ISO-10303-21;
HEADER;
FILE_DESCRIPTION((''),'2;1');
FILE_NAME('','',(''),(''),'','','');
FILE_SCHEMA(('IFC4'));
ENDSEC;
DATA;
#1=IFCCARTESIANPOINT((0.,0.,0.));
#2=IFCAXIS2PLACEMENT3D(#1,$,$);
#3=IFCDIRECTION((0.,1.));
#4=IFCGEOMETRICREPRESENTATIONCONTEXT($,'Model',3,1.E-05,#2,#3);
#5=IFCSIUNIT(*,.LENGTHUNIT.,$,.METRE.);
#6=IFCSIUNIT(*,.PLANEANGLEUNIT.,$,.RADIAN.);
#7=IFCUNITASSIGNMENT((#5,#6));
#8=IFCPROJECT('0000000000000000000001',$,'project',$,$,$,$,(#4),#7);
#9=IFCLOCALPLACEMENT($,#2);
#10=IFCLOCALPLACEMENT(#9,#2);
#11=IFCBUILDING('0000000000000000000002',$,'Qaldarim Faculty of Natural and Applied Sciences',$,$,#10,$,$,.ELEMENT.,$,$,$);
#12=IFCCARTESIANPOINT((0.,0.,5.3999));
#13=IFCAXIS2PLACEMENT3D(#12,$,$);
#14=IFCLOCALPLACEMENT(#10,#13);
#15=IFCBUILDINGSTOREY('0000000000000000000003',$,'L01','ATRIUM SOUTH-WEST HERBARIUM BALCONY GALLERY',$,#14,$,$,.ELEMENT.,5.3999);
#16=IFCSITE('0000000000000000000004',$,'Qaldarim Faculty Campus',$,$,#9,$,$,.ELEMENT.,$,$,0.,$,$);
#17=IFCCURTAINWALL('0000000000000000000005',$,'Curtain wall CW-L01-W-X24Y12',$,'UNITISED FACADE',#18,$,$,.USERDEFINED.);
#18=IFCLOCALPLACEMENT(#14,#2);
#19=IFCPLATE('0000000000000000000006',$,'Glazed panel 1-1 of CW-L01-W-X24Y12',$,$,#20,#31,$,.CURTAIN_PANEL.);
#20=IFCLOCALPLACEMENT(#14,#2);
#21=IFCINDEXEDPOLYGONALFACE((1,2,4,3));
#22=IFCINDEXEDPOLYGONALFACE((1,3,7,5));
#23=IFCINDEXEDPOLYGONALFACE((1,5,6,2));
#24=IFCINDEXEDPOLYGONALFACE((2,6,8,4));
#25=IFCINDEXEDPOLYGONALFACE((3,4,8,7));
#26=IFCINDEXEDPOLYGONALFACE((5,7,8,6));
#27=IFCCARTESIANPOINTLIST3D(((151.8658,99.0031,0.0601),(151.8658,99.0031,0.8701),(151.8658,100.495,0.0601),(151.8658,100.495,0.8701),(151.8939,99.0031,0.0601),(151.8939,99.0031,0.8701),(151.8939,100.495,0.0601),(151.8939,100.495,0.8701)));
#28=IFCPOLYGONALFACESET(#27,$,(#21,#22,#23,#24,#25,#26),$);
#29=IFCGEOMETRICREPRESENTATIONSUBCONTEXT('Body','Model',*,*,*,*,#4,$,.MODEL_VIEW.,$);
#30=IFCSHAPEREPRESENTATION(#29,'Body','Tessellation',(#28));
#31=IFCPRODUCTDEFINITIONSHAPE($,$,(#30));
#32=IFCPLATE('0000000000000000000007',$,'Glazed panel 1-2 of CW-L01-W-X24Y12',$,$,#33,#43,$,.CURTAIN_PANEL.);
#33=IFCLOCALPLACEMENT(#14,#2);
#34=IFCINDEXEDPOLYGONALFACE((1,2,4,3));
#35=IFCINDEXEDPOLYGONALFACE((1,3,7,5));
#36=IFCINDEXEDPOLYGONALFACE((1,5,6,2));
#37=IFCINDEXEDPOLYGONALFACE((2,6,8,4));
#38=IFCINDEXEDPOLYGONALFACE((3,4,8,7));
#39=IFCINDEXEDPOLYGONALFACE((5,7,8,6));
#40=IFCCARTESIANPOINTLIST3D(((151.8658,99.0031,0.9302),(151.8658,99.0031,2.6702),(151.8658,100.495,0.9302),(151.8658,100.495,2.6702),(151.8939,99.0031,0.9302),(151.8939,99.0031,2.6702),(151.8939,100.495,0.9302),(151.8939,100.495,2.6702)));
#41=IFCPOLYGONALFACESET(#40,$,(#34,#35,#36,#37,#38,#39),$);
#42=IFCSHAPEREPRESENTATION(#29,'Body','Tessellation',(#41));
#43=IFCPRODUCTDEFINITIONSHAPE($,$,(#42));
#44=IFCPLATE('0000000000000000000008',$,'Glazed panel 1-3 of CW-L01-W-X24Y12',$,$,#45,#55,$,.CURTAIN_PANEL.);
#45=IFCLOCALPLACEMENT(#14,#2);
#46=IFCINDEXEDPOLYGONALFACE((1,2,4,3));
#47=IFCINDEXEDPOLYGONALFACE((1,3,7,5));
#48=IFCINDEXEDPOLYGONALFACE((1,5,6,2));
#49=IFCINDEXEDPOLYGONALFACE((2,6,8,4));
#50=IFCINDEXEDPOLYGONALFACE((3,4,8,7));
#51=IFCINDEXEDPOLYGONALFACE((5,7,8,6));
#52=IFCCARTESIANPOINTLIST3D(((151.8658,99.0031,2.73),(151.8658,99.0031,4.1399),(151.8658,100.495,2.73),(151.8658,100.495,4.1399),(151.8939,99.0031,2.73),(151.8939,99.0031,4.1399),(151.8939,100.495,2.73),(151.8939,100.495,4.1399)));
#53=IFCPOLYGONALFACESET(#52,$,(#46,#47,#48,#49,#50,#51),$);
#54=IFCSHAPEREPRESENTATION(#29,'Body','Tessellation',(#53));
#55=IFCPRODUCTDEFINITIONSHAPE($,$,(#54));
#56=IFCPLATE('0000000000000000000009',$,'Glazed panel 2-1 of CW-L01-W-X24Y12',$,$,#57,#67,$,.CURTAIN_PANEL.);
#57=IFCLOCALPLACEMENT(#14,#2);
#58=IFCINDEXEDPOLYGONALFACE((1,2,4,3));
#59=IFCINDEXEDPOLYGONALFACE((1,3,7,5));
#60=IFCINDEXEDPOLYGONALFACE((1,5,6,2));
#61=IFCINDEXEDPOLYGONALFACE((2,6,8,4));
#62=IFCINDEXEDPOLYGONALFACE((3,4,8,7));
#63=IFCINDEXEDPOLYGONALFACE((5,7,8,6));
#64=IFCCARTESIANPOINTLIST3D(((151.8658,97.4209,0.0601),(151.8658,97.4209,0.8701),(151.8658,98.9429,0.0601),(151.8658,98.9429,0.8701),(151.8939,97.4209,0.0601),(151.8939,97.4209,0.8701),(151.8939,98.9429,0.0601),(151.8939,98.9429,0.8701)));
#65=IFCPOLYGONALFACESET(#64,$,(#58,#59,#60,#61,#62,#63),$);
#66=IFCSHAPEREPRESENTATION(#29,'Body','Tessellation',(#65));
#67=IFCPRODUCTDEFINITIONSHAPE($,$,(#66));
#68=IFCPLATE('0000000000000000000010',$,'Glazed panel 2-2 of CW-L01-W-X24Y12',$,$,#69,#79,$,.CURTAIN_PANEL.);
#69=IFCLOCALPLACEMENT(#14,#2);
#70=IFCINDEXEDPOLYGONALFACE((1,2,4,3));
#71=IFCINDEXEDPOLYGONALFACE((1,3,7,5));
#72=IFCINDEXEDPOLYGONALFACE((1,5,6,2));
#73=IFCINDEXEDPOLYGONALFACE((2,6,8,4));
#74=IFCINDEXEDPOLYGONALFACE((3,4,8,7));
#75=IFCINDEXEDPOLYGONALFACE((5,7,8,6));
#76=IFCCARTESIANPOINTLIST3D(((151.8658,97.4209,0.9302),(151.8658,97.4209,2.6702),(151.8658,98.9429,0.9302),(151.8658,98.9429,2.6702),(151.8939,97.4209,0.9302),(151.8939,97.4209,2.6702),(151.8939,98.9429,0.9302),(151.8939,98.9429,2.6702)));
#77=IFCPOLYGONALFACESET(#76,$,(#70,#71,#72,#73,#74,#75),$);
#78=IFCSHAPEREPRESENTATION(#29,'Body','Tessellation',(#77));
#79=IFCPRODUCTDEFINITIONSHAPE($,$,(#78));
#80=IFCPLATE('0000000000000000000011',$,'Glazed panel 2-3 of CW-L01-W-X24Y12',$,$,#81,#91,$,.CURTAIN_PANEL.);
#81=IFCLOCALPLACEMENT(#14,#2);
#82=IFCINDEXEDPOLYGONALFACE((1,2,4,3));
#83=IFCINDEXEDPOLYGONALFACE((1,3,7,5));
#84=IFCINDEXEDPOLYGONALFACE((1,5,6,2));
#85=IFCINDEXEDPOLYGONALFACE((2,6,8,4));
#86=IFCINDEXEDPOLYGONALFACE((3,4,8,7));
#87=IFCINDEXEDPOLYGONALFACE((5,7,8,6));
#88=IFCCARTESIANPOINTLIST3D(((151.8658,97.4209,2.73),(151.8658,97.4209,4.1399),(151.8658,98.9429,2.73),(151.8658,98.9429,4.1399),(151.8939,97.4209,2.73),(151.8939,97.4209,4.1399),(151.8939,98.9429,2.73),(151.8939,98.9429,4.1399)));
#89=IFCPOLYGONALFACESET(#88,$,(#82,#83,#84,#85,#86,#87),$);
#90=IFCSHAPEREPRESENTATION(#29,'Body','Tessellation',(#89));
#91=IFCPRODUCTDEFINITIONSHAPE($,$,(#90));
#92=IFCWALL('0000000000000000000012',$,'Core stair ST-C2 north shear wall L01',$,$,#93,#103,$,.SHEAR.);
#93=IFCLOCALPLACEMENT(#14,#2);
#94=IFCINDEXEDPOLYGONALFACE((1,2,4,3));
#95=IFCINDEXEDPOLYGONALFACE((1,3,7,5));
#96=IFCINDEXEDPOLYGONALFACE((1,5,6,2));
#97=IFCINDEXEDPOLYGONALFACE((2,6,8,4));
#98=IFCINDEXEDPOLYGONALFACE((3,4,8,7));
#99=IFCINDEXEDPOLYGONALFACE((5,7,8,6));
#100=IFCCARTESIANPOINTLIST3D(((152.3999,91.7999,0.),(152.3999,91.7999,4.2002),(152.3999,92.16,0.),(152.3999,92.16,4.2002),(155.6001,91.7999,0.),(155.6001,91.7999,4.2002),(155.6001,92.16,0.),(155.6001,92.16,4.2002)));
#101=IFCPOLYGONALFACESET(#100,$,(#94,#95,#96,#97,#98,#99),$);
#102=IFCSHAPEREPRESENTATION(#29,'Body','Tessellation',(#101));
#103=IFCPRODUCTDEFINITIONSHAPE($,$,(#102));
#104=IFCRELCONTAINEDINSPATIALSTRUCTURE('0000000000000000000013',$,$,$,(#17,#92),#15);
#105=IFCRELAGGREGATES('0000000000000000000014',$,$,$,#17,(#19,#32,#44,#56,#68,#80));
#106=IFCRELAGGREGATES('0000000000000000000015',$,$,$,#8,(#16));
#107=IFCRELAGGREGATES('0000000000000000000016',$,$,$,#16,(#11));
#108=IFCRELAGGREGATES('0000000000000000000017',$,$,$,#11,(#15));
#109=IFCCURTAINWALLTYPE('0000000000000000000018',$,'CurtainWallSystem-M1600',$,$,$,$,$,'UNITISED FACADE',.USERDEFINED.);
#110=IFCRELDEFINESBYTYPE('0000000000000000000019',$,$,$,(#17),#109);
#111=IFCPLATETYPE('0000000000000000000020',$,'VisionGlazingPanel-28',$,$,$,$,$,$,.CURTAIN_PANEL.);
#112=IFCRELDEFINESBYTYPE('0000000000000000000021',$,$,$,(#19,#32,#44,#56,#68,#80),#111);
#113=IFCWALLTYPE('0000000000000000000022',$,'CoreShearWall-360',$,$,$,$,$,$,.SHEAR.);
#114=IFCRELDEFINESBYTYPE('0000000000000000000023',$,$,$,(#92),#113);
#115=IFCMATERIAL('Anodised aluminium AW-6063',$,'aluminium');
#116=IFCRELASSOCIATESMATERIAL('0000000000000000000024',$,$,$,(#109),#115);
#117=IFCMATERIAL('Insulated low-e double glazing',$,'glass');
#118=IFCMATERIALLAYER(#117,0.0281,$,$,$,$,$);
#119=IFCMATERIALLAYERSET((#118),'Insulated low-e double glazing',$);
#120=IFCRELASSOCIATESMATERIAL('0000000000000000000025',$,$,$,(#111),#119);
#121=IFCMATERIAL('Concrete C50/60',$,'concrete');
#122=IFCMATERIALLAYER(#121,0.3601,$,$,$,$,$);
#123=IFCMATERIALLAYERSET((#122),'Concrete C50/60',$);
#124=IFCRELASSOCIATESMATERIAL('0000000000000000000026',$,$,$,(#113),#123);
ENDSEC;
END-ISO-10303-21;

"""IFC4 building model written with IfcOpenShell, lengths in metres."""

from ifc_helpers import new_model, si_unit, direction, frame, frame_2d, origin, origin_2d, place, context, subcontext, project, spatial, rectangle, extrude, material, layer, layer_set, type_object, element, aggregate, save


model = new_model("IFC4")

# Units and contexts
model_context = context("Model", 3, precision=1e-05, world=origin(), true_north=direction((0.0, 1.0)))
body_context = subcontext(model_context, "Body", "Model", "MODEL_VIEW")
ifc_project = project(units=[si_unit("LENGTHUNIT", "METRE"), si_unit("PLANEANGLEUNIT", "RADIAN")], contexts=[model_context])

# Site, building, storey
site_placement = place(None, origin())
site = spatial("IfcSite", under=ifc_project, at=site_placement, Name="Qaldarim Faculty Campus", CompositionType="ELEMENT", RefElevation=0.0)
building_placement = place(site_placement, origin())
building = spatial("IfcBuilding", under=site, at=building_placement, Name="Qaldarim Faculty of Natural and Applied Sciences", CompositionType="ELEMENT")
storey_placement = place(building_placement, frame((0.0, 0.0, 5.3999)))
storey = spatial("IfcBuildingStorey", under=building, at=storey_placement, Name="L01", Description="ATRIUM SOUTH-WEST HERBARIUM BALCONY GALLERY", CompositionType="ELEMENT", Elevation=5.3999)

# Curtain wall
ifc_material_1 = material(Name="Anodised aluminium AW-6063", Category="aluminium")
curtain_wall_type = type_object("IfcCurtainWallType", Name="CurtainWallSystem-M1600", ElementType="UNITISED FACADE", PredefinedType="USERDEFINED", material=ifc_material_1)
curtain_wall_placement = place(storey_placement, origin())
curtain_wall = element("IfcCurtainWall", 1, at=curtain_wall_placement, inside=storey, type_object=curtain_wall_type, Name="Curtain wall CW-L01-W-X24Y12", ObjectType="UNITISED FACADE", PredefinedType="USERDEFINED")

# Shared definitions
ifc_material_2 = material(Name="Concrete C50/60", Category="concrete")

# Plates
ifc_material_3 = material(Name="Insulated low-e double glazing", Category="glass")
ifc_layer_1 = layer(ifc_material_3, 0.0281)
ifc_layer_set_1 = layer_set([ifc_layer_1], Name="Insulated low-e double glazing")
plate_type = type_object("IfcPlateType", Name="VisionGlazingPanel-28", PredefinedType="CURTAIN_PANEL", material=ifc_layer_set_1)
plate_1_placement = place(storey_placement, frame((151.8799, 99.749, 0.0601), z_axis=(0.0, 0.0, 1.0), x_axis=(0.0, -1.0, 0.0)))
plate_1 = element("IfcPlate", 2, at=plate_1_placement, type_object=plate_type, Name="Glazed panel 1-1 of CW-L01-W-X24Y12", PredefinedType="CURTAIN_PANEL", context=body_context, shape_type="SweptSolid", body=[
    extrude(rectangle(XDim=1.4919, YDim=0.0281, at=origin_2d()), origin(), (0.0, 0.0, 1.0), 0.8101),
])
plate_2_placement = place(storey_placement, frame((151.8799, 99.749, 0.9302), z_axis=(0.0, 0.0, 1.0), x_axis=(0.0, -1.0, 0.0)))
plate_2 = element("IfcPlate", 3, at=plate_2_placement, type_object=plate_type, Name="Glazed panel 1-2 of CW-L01-W-X24Y12", PredefinedType="CURTAIN_PANEL", context=body_context, shape_type="SweptSolid", body=[
    extrude(rectangle(XDim=1.4919, YDim=0.0281, at=origin_2d()), origin(), (0.0, 0.0, 1.0), 1.74),
])
plate_3_placement = place(storey_placement, frame((151.8799, 99.749, 2.73), z_axis=(0.0, 0.0, 1.0), x_axis=(0.0, -1.0, 0.0)))
plate_3 = element("IfcPlate", 4, at=plate_3_placement, type_object=plate_type, Name="Glazed panel 1-3 of CW-L01-W-X24Y12", PredefinedType="CURTAIN_PANEL", context=body_context, shape_type="SweptSolid", body=[
    extrude(rectangle(XDim=1.4919, YDim=0.0281, at=origin_2d()), origin(), (0.0, 0.0, 1.0), 1.4099),
])
plate_4_placement = place(storey_placement, frame((151.8799, 98.1819, 0.0601), z_axis=(0.0, 0.0, 1.0), x_axis=(0.0, -1.0, 0.0)))
plate_4 = element("IfcPlate", 5, at=plate_4_placement, type_object=plate_type, Name="Glazed panel 2-1 of CW-L01-W-X24Y12", PredefinedType="CURTAIN_PANEL", context=body_context, shape_type="SweptSolid", body=[
    extrude(rectangle(XDim=1.522, YDim=0.0281, at=origin_2d()), origin(), (0.0, 0.0, 1.0), 0.8101),
])
plate_5_placement = place(storey_placement, frame((151.8799, 98.1819, 0.9302), z_axis=(0.0, 0.0, 1.0), x_axis=(0.0, -1.0, 0.0)))
plate_5 = element("IfcPlate", 6, at=plate_5_placement, type_object=plate_type, Name="Glazed panel 2-2 of CW-L01-W-X24Y12", PredefinedType="CURTAIN_PANEL", context=body_context, shape_type="SweptSolid", body=[
    extrude(rectangle(XDim=1.522, YDim=0.0281, at=origin_2d()), origin(), (0.0, 0.0, 1.0), 1.74),
])
plate_6_placement = place(storey_placement, frame((151.8799, 98.1819, 2.73), z_axis=(0.0, 0.0, 1.0), x_axis=(0.0, -1.0, 0.0)))
plate_6 = element("IfcPlate", 7, at=plate_6_placement, type_object=plate_type, Name="Glazed panel 2-3 of CW-L01-W-X24Y12", PredefinedType="CURTAIN_PANEL", context=body_context, shape_type="SweptSolid", body=[
    extrude(rectangle(XDim=1.522, YDim=0.0281, at=origin_2d()), origin(), (0.0, 0.0, 1.0), 1.4099),
])
aggregate(curtain_wall, [plate_1, plate_2, plate_3, plate_4, plate_5, plate_6])

# Wall
ifc_layer_2 = layer(ifc_material_2, 0.3601)
ifc_layer_set_2 = layer_set([ifc_layer_2], Name="Concrete C50/60")
wall_type = type_object("IfcWallType", Name="CoreShearWall-360", PredefinedType="SHEAR", material=ifc_layer_set_2)
wall_placement = place(storey_placement, frame((152.3999, 91.98, 0.0), z_axis=(0.0, 0.0, 1.0), x_axis=(1.0, 0.0, 0.0)))
element("IfcWall", 8, at=wall_placement, inside=storey, type_object=wall_type, Name="Core stair ST-C2 north shear wall L01", PredefinedType="SHEAR", context=body_context, shape_type="SweptSolid", body=[
    extrude(rectangle(XDim=3.2002, YDim=0.3601, at=frame_2d((1.6001, 0.0))), origin(), (0.0, 0.0, 1.0), 4.2002),
])

save(model, "model.ifc")
